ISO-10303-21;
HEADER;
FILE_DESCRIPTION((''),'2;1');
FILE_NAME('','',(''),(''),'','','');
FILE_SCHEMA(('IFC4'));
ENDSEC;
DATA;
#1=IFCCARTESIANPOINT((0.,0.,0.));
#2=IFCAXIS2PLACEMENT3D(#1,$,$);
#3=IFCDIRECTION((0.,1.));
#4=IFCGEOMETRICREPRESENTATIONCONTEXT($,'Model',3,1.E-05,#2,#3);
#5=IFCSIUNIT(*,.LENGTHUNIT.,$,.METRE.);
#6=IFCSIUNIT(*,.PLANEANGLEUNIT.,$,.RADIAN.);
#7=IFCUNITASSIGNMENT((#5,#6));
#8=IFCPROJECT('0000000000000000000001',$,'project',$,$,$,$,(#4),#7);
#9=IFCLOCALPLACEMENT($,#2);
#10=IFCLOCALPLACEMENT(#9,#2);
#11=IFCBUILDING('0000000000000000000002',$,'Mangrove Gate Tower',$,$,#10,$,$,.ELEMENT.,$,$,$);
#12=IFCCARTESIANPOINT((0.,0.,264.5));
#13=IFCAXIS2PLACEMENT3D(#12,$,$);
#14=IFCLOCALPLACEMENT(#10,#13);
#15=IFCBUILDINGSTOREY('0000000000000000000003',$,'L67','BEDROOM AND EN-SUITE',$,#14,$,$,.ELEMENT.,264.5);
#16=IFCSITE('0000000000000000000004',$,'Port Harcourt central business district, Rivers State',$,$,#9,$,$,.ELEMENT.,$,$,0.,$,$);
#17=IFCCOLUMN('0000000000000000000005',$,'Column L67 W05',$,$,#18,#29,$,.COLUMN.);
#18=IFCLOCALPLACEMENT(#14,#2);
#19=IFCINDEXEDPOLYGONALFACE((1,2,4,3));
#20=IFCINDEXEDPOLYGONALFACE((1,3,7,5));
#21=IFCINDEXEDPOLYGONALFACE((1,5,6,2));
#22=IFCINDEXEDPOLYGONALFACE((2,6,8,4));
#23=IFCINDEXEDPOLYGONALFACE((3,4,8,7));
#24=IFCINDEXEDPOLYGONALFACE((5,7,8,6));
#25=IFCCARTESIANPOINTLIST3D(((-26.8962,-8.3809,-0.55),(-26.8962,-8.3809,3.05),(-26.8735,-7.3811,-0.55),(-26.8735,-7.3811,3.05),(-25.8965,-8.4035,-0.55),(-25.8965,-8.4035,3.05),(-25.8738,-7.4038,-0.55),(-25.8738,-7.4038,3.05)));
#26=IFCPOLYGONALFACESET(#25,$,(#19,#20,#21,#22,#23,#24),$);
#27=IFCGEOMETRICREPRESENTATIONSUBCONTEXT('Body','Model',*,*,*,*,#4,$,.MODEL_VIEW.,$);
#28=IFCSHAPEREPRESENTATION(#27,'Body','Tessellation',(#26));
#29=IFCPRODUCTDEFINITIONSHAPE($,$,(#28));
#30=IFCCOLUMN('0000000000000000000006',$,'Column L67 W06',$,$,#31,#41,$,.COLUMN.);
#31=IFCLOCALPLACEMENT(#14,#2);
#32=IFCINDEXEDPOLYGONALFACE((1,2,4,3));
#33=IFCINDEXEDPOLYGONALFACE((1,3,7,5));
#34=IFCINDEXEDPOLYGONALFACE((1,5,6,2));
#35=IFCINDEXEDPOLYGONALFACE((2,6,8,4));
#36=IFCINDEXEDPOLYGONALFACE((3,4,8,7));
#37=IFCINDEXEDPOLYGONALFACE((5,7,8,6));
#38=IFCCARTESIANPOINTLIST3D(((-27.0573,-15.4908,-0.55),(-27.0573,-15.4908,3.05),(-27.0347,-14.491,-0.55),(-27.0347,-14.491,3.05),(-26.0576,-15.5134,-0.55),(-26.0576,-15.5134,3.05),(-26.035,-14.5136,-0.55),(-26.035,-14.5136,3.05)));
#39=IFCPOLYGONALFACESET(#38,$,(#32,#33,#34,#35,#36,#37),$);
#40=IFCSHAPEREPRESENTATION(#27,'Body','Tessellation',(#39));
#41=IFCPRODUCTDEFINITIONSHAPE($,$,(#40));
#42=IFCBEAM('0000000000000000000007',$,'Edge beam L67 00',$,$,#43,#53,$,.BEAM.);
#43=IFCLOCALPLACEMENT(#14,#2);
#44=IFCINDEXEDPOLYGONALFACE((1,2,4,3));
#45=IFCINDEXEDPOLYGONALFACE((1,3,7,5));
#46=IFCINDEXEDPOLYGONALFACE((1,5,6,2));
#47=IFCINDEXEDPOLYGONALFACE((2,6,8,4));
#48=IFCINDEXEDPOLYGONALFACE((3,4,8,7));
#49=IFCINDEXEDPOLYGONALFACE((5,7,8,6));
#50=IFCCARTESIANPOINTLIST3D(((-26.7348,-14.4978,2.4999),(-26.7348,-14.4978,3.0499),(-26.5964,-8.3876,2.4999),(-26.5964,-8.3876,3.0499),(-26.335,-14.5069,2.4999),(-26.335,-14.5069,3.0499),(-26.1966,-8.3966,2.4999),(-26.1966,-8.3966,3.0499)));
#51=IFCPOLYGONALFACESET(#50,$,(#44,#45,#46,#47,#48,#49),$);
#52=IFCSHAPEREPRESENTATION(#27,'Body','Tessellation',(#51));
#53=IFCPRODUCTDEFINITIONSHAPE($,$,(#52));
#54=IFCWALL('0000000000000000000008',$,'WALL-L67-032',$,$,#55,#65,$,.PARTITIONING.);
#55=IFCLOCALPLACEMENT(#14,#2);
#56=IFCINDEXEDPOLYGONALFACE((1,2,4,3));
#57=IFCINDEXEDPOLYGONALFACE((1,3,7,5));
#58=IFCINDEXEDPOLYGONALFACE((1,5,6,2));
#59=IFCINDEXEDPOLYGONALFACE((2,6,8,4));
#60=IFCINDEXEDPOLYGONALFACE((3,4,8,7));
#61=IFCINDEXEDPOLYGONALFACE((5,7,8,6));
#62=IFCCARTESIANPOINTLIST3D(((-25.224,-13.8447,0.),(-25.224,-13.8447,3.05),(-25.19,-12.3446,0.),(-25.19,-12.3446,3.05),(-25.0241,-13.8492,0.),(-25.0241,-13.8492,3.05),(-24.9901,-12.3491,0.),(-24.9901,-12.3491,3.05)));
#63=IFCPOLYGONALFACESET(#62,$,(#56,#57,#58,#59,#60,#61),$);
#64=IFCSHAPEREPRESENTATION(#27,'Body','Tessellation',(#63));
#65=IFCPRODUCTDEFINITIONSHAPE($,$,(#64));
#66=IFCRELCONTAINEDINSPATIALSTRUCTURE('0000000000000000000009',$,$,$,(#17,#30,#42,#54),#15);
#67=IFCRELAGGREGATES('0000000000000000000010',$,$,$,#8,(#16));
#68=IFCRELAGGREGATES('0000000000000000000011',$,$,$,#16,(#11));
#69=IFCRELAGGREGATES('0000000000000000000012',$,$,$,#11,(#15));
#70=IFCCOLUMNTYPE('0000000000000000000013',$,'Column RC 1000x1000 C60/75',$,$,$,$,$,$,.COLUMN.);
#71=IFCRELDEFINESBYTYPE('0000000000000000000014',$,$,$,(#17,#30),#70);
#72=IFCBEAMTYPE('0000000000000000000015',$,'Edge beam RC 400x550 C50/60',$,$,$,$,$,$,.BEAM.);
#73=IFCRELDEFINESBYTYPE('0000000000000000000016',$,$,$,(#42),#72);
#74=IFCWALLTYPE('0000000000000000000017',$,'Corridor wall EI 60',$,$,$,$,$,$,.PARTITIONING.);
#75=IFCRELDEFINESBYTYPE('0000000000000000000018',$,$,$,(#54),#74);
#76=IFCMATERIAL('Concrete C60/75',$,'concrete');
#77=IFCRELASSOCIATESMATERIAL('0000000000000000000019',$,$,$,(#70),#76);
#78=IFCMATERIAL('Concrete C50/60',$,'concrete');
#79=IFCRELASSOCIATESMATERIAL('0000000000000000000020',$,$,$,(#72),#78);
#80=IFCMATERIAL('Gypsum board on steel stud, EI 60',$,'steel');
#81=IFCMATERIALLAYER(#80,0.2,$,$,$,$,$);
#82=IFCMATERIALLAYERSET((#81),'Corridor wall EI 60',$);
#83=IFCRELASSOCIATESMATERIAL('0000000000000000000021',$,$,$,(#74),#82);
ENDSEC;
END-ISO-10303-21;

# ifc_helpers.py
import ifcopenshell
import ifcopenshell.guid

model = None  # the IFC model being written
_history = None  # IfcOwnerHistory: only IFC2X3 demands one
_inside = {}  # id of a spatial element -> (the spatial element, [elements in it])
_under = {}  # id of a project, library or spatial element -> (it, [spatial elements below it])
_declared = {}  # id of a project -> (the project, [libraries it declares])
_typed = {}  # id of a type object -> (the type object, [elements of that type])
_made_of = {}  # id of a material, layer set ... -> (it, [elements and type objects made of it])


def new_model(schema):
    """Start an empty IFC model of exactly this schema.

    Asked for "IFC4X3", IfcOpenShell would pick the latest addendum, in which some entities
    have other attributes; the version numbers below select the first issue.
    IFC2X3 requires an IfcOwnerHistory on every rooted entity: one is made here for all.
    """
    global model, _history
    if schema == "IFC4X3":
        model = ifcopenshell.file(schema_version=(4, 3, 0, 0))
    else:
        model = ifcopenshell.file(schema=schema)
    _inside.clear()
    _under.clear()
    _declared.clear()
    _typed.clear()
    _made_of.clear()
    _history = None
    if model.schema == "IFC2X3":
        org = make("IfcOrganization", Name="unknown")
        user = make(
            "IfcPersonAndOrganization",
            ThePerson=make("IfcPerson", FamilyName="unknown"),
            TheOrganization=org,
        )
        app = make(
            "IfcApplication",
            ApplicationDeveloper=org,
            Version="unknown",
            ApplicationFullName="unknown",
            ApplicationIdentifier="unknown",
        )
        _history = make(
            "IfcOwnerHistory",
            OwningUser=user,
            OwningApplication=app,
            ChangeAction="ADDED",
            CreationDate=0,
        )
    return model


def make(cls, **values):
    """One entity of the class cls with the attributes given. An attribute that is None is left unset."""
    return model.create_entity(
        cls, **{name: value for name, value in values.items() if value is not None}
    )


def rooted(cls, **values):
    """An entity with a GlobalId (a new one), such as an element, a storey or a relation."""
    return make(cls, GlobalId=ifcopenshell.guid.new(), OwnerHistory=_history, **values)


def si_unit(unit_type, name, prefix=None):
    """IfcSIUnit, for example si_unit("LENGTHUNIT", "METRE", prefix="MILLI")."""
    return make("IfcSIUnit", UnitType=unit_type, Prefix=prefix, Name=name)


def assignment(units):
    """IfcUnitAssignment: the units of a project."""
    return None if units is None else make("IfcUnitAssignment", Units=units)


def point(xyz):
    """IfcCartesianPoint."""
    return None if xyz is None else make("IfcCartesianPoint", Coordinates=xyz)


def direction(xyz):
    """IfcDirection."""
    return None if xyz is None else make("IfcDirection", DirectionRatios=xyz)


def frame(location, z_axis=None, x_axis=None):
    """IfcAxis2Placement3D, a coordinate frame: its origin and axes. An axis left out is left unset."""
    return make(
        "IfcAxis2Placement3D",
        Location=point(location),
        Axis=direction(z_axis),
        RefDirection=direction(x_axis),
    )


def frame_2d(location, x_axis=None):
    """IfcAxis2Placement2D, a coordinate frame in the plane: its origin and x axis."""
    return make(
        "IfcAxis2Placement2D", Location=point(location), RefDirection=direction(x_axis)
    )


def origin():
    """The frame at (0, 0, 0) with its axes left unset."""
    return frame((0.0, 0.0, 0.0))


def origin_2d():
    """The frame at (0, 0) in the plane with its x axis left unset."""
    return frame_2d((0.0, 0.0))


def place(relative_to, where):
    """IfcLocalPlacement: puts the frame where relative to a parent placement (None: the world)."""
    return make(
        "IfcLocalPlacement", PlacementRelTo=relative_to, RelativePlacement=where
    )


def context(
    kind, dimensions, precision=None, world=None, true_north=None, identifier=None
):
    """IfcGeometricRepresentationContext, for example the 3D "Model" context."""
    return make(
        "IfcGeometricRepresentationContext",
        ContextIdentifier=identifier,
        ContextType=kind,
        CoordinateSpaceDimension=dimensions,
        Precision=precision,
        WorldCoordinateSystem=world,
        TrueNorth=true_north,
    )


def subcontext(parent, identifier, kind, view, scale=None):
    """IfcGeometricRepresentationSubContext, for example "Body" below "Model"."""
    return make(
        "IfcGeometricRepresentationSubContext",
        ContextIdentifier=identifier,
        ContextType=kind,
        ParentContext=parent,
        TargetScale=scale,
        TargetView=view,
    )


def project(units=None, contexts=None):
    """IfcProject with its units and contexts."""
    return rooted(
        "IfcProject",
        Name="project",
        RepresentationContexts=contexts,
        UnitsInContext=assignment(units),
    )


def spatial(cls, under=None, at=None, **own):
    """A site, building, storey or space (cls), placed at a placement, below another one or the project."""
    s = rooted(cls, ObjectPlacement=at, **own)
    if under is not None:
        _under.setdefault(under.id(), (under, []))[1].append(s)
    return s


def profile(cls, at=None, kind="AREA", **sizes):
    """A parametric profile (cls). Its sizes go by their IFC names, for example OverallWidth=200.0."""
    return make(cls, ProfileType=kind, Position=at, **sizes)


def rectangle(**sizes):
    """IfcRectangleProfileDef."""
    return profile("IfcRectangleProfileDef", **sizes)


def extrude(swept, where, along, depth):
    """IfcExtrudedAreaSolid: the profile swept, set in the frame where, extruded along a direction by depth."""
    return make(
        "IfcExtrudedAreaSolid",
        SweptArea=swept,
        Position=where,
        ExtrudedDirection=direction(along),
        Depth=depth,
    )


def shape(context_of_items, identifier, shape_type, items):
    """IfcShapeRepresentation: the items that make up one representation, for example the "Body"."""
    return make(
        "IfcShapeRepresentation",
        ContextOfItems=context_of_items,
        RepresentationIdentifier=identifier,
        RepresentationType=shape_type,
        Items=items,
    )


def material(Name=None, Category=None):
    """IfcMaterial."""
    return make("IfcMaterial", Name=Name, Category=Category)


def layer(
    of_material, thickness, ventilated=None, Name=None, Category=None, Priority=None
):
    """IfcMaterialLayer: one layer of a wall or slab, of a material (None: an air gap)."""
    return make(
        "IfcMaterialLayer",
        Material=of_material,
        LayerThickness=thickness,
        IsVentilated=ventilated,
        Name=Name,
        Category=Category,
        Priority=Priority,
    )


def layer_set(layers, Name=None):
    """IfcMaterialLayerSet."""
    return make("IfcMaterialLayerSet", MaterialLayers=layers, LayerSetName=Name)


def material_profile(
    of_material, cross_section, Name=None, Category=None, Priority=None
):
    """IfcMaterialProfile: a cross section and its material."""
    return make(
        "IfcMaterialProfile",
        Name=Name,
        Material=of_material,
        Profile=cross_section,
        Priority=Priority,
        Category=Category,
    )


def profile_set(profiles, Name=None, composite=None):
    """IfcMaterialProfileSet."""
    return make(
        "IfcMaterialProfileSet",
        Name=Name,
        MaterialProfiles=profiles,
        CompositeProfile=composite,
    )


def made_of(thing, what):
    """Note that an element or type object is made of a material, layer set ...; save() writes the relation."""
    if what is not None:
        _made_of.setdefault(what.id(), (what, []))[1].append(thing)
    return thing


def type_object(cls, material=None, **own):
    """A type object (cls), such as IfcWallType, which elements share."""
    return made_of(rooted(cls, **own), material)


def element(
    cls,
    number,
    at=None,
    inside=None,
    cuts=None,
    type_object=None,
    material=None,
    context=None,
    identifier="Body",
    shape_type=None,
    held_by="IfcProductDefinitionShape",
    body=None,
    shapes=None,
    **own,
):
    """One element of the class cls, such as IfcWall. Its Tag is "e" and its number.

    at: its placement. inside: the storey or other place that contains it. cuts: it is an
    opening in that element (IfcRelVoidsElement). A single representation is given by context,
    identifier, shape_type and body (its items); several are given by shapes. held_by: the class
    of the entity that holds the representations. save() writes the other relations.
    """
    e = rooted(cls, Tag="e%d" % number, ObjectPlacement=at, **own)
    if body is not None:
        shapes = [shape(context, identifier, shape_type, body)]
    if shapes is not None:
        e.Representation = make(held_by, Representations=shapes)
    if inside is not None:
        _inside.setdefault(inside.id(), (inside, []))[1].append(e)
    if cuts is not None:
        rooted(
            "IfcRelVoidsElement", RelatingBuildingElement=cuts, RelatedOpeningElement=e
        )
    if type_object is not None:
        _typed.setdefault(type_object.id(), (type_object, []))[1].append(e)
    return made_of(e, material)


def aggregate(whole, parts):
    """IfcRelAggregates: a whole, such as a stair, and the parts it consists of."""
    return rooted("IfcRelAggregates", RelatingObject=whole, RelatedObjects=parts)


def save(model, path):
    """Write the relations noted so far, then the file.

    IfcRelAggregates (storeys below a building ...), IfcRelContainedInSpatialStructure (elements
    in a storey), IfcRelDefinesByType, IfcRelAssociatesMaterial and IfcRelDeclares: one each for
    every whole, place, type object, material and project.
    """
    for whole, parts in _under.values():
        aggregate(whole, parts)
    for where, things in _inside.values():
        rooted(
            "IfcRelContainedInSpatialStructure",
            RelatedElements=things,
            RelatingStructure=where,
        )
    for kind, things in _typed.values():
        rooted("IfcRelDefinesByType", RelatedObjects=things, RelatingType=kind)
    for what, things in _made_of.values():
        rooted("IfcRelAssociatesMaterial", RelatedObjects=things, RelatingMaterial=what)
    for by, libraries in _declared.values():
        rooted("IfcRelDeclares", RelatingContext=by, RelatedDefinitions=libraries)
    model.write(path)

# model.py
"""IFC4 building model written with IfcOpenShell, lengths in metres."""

from ifc_helpers import new_model, si_unit, direction, frame, frame_2d, origin, origin_2d, place, context, subcontext, project, spatial, rectangle, extrude, material, layer, layer_set, material_profile, profile_set, type_object, element, save


model = new_model("IFC4")

# Units and contexts
model_context = context("Model", 3, precision=1e-05, world=origin(), true_north=direction((0.0, 1.0)))
body_context = subcontext(model_context, "Body", "Model", "MODEL_VIEW")
ifc_project = project(units=[si_unit("LENGTHUNIT", "METRE"), si_unit("PLANEANGLEUNIT", "RADIAN")], contexts=[model_context])

# Site, building, storey
site_placement = place(None, origin())
site = spatial("IfcSite", under=ifc_project, at=site_placement, Name="Port Harcourt central business district, Rivers State", CompositionType="ELEMENT", RefElevation=0.0)
building_placement = place(site_placement, origin())
building = spatial("IfcBuilding", under=site, at=building_placement, Name="Mangrove Gate Tower", CompositionType="ELEMENT")
storey_placement = place(building_placement, frame((0.0, 0.0, 264.5)))
storey = spatial("IfcBuildingStorey", under=building, at=storey_placement, Name="L67", Description="BEDROOM AND EN-SUITE", CompositionType="ELEMENT", Elevation=264.5)

# Columns
ifc_material_1 = material(Name="Concrete C60/75", Category="concrete")
ifc_material_profile_1 = material_profile(ifc_material_1, rectangle(XDim=1.0, YDim=1.0, at=origin_2d()))
ifc_profile_set_1 = profile_set([ifc_material_profile_1], Name="Concrete C60/75")
column_type = type_object("IfcColumnType", Name="Column RC 1000x1000 C60/75", PredefinedType="COLUMN", material=ifc_profile_set_1)
for number, where, z_axis, x_axis, name in (
    (1, (-26.385, -7.8923, -0.55), (0.0, 0.0, 1.0), (-0.022672, -0.999743, 0.0), "Column L67 W05"),
    (2, (-26.5461, -15.0022, -0.55), (0.0, 0.0, 1.0), (-0.022637, -0.999744, 0.0), "Column L67 W06"),
):
    element("IfcColumn", number, at=place(storey_placement, frame(where, z_axis=z_axis, x_axis=x_axis)), inside=storey, type_object=column_type, Name=name, PredefinedType="COLUMN", context=body_context, shape_type="SweptSolid", body=[
        extrude(rectangle(XDim=1.0, YDim=1.0, at=origin_2d()), origin(), (0.0, 0.0, 1.0), 3.6001),
    ])

# Beam
ifc_material_2 = material(Name="Concrete C50/60", Category="concrete")
ifc_material_profile_2 = material_profile(ifc_material_2, rectangle(XDim=0.3999, YDim=0.55, at=origin_2d()))
ifc_profile_set_2 = profile_set([ifc_material_profile_2], Name="Concrete C50/60")
beam_type = type_object("IfcBeamType", Name="Edge beam RC 400x550 C50/60", PredefinedType="BEAM", material=ifc_profile_set_2)
beam_placement = place(storey_placement, frame((-26.3965, -8.3921, 2.7749), z_axis=(-0.022649, -0.999743, 0.0), x_axis=(0.999743, -0.022649, 0.0)))
element("IfcBeam", 3, at=beam_placement, inside=storey, type_object=beam_type, Name="Edge beam L67 00", PredefinedType="BEAM", context=body_context, shape_type="SweptSolid", body=[
    extrude(rectangle(XDim=0.3999, YDim=0.55, at=origin_2d()), origin(), (0.0, 0.0, 1.0), 6.1118),
])

# Wall
ifc_material_3 = material(Name="Gypsum board on steel stud, EI 60", Category="steel")
ifc_layer = layer(ifc_material_3, 0.2)
ifc_layer_set = layer_set([ifc_layer], Name="Corridor wall EI 60")
wall_type = type_object("IfcWallType", Name="Corridor wall EI 60", PredefinedType="PARTITIONING", material=ifc_layer_set)
wall_placement = place(storey_placement, frame((-25.124, -13.8469, 0.0), z_axis=(0.0, 0.0, 1.0), x_axis=(0.022618, 0.999744, 0.0)))
element("IfcWall", 4, at=wall_placement, inside=storey, type_object=wall_type, Name="WALL-L67-032", PredefinedType="PARTITIONING", context=body_context, shape_type="SweptSolid", body=[
    extrude(rectangle(XDim=1.5005, YDim=0.2, at=frame_2d((0.7502, 0.0))), origin(), (0.0, 0.0, 1.0), 3.05),
])

save(model, "model.ifc")
